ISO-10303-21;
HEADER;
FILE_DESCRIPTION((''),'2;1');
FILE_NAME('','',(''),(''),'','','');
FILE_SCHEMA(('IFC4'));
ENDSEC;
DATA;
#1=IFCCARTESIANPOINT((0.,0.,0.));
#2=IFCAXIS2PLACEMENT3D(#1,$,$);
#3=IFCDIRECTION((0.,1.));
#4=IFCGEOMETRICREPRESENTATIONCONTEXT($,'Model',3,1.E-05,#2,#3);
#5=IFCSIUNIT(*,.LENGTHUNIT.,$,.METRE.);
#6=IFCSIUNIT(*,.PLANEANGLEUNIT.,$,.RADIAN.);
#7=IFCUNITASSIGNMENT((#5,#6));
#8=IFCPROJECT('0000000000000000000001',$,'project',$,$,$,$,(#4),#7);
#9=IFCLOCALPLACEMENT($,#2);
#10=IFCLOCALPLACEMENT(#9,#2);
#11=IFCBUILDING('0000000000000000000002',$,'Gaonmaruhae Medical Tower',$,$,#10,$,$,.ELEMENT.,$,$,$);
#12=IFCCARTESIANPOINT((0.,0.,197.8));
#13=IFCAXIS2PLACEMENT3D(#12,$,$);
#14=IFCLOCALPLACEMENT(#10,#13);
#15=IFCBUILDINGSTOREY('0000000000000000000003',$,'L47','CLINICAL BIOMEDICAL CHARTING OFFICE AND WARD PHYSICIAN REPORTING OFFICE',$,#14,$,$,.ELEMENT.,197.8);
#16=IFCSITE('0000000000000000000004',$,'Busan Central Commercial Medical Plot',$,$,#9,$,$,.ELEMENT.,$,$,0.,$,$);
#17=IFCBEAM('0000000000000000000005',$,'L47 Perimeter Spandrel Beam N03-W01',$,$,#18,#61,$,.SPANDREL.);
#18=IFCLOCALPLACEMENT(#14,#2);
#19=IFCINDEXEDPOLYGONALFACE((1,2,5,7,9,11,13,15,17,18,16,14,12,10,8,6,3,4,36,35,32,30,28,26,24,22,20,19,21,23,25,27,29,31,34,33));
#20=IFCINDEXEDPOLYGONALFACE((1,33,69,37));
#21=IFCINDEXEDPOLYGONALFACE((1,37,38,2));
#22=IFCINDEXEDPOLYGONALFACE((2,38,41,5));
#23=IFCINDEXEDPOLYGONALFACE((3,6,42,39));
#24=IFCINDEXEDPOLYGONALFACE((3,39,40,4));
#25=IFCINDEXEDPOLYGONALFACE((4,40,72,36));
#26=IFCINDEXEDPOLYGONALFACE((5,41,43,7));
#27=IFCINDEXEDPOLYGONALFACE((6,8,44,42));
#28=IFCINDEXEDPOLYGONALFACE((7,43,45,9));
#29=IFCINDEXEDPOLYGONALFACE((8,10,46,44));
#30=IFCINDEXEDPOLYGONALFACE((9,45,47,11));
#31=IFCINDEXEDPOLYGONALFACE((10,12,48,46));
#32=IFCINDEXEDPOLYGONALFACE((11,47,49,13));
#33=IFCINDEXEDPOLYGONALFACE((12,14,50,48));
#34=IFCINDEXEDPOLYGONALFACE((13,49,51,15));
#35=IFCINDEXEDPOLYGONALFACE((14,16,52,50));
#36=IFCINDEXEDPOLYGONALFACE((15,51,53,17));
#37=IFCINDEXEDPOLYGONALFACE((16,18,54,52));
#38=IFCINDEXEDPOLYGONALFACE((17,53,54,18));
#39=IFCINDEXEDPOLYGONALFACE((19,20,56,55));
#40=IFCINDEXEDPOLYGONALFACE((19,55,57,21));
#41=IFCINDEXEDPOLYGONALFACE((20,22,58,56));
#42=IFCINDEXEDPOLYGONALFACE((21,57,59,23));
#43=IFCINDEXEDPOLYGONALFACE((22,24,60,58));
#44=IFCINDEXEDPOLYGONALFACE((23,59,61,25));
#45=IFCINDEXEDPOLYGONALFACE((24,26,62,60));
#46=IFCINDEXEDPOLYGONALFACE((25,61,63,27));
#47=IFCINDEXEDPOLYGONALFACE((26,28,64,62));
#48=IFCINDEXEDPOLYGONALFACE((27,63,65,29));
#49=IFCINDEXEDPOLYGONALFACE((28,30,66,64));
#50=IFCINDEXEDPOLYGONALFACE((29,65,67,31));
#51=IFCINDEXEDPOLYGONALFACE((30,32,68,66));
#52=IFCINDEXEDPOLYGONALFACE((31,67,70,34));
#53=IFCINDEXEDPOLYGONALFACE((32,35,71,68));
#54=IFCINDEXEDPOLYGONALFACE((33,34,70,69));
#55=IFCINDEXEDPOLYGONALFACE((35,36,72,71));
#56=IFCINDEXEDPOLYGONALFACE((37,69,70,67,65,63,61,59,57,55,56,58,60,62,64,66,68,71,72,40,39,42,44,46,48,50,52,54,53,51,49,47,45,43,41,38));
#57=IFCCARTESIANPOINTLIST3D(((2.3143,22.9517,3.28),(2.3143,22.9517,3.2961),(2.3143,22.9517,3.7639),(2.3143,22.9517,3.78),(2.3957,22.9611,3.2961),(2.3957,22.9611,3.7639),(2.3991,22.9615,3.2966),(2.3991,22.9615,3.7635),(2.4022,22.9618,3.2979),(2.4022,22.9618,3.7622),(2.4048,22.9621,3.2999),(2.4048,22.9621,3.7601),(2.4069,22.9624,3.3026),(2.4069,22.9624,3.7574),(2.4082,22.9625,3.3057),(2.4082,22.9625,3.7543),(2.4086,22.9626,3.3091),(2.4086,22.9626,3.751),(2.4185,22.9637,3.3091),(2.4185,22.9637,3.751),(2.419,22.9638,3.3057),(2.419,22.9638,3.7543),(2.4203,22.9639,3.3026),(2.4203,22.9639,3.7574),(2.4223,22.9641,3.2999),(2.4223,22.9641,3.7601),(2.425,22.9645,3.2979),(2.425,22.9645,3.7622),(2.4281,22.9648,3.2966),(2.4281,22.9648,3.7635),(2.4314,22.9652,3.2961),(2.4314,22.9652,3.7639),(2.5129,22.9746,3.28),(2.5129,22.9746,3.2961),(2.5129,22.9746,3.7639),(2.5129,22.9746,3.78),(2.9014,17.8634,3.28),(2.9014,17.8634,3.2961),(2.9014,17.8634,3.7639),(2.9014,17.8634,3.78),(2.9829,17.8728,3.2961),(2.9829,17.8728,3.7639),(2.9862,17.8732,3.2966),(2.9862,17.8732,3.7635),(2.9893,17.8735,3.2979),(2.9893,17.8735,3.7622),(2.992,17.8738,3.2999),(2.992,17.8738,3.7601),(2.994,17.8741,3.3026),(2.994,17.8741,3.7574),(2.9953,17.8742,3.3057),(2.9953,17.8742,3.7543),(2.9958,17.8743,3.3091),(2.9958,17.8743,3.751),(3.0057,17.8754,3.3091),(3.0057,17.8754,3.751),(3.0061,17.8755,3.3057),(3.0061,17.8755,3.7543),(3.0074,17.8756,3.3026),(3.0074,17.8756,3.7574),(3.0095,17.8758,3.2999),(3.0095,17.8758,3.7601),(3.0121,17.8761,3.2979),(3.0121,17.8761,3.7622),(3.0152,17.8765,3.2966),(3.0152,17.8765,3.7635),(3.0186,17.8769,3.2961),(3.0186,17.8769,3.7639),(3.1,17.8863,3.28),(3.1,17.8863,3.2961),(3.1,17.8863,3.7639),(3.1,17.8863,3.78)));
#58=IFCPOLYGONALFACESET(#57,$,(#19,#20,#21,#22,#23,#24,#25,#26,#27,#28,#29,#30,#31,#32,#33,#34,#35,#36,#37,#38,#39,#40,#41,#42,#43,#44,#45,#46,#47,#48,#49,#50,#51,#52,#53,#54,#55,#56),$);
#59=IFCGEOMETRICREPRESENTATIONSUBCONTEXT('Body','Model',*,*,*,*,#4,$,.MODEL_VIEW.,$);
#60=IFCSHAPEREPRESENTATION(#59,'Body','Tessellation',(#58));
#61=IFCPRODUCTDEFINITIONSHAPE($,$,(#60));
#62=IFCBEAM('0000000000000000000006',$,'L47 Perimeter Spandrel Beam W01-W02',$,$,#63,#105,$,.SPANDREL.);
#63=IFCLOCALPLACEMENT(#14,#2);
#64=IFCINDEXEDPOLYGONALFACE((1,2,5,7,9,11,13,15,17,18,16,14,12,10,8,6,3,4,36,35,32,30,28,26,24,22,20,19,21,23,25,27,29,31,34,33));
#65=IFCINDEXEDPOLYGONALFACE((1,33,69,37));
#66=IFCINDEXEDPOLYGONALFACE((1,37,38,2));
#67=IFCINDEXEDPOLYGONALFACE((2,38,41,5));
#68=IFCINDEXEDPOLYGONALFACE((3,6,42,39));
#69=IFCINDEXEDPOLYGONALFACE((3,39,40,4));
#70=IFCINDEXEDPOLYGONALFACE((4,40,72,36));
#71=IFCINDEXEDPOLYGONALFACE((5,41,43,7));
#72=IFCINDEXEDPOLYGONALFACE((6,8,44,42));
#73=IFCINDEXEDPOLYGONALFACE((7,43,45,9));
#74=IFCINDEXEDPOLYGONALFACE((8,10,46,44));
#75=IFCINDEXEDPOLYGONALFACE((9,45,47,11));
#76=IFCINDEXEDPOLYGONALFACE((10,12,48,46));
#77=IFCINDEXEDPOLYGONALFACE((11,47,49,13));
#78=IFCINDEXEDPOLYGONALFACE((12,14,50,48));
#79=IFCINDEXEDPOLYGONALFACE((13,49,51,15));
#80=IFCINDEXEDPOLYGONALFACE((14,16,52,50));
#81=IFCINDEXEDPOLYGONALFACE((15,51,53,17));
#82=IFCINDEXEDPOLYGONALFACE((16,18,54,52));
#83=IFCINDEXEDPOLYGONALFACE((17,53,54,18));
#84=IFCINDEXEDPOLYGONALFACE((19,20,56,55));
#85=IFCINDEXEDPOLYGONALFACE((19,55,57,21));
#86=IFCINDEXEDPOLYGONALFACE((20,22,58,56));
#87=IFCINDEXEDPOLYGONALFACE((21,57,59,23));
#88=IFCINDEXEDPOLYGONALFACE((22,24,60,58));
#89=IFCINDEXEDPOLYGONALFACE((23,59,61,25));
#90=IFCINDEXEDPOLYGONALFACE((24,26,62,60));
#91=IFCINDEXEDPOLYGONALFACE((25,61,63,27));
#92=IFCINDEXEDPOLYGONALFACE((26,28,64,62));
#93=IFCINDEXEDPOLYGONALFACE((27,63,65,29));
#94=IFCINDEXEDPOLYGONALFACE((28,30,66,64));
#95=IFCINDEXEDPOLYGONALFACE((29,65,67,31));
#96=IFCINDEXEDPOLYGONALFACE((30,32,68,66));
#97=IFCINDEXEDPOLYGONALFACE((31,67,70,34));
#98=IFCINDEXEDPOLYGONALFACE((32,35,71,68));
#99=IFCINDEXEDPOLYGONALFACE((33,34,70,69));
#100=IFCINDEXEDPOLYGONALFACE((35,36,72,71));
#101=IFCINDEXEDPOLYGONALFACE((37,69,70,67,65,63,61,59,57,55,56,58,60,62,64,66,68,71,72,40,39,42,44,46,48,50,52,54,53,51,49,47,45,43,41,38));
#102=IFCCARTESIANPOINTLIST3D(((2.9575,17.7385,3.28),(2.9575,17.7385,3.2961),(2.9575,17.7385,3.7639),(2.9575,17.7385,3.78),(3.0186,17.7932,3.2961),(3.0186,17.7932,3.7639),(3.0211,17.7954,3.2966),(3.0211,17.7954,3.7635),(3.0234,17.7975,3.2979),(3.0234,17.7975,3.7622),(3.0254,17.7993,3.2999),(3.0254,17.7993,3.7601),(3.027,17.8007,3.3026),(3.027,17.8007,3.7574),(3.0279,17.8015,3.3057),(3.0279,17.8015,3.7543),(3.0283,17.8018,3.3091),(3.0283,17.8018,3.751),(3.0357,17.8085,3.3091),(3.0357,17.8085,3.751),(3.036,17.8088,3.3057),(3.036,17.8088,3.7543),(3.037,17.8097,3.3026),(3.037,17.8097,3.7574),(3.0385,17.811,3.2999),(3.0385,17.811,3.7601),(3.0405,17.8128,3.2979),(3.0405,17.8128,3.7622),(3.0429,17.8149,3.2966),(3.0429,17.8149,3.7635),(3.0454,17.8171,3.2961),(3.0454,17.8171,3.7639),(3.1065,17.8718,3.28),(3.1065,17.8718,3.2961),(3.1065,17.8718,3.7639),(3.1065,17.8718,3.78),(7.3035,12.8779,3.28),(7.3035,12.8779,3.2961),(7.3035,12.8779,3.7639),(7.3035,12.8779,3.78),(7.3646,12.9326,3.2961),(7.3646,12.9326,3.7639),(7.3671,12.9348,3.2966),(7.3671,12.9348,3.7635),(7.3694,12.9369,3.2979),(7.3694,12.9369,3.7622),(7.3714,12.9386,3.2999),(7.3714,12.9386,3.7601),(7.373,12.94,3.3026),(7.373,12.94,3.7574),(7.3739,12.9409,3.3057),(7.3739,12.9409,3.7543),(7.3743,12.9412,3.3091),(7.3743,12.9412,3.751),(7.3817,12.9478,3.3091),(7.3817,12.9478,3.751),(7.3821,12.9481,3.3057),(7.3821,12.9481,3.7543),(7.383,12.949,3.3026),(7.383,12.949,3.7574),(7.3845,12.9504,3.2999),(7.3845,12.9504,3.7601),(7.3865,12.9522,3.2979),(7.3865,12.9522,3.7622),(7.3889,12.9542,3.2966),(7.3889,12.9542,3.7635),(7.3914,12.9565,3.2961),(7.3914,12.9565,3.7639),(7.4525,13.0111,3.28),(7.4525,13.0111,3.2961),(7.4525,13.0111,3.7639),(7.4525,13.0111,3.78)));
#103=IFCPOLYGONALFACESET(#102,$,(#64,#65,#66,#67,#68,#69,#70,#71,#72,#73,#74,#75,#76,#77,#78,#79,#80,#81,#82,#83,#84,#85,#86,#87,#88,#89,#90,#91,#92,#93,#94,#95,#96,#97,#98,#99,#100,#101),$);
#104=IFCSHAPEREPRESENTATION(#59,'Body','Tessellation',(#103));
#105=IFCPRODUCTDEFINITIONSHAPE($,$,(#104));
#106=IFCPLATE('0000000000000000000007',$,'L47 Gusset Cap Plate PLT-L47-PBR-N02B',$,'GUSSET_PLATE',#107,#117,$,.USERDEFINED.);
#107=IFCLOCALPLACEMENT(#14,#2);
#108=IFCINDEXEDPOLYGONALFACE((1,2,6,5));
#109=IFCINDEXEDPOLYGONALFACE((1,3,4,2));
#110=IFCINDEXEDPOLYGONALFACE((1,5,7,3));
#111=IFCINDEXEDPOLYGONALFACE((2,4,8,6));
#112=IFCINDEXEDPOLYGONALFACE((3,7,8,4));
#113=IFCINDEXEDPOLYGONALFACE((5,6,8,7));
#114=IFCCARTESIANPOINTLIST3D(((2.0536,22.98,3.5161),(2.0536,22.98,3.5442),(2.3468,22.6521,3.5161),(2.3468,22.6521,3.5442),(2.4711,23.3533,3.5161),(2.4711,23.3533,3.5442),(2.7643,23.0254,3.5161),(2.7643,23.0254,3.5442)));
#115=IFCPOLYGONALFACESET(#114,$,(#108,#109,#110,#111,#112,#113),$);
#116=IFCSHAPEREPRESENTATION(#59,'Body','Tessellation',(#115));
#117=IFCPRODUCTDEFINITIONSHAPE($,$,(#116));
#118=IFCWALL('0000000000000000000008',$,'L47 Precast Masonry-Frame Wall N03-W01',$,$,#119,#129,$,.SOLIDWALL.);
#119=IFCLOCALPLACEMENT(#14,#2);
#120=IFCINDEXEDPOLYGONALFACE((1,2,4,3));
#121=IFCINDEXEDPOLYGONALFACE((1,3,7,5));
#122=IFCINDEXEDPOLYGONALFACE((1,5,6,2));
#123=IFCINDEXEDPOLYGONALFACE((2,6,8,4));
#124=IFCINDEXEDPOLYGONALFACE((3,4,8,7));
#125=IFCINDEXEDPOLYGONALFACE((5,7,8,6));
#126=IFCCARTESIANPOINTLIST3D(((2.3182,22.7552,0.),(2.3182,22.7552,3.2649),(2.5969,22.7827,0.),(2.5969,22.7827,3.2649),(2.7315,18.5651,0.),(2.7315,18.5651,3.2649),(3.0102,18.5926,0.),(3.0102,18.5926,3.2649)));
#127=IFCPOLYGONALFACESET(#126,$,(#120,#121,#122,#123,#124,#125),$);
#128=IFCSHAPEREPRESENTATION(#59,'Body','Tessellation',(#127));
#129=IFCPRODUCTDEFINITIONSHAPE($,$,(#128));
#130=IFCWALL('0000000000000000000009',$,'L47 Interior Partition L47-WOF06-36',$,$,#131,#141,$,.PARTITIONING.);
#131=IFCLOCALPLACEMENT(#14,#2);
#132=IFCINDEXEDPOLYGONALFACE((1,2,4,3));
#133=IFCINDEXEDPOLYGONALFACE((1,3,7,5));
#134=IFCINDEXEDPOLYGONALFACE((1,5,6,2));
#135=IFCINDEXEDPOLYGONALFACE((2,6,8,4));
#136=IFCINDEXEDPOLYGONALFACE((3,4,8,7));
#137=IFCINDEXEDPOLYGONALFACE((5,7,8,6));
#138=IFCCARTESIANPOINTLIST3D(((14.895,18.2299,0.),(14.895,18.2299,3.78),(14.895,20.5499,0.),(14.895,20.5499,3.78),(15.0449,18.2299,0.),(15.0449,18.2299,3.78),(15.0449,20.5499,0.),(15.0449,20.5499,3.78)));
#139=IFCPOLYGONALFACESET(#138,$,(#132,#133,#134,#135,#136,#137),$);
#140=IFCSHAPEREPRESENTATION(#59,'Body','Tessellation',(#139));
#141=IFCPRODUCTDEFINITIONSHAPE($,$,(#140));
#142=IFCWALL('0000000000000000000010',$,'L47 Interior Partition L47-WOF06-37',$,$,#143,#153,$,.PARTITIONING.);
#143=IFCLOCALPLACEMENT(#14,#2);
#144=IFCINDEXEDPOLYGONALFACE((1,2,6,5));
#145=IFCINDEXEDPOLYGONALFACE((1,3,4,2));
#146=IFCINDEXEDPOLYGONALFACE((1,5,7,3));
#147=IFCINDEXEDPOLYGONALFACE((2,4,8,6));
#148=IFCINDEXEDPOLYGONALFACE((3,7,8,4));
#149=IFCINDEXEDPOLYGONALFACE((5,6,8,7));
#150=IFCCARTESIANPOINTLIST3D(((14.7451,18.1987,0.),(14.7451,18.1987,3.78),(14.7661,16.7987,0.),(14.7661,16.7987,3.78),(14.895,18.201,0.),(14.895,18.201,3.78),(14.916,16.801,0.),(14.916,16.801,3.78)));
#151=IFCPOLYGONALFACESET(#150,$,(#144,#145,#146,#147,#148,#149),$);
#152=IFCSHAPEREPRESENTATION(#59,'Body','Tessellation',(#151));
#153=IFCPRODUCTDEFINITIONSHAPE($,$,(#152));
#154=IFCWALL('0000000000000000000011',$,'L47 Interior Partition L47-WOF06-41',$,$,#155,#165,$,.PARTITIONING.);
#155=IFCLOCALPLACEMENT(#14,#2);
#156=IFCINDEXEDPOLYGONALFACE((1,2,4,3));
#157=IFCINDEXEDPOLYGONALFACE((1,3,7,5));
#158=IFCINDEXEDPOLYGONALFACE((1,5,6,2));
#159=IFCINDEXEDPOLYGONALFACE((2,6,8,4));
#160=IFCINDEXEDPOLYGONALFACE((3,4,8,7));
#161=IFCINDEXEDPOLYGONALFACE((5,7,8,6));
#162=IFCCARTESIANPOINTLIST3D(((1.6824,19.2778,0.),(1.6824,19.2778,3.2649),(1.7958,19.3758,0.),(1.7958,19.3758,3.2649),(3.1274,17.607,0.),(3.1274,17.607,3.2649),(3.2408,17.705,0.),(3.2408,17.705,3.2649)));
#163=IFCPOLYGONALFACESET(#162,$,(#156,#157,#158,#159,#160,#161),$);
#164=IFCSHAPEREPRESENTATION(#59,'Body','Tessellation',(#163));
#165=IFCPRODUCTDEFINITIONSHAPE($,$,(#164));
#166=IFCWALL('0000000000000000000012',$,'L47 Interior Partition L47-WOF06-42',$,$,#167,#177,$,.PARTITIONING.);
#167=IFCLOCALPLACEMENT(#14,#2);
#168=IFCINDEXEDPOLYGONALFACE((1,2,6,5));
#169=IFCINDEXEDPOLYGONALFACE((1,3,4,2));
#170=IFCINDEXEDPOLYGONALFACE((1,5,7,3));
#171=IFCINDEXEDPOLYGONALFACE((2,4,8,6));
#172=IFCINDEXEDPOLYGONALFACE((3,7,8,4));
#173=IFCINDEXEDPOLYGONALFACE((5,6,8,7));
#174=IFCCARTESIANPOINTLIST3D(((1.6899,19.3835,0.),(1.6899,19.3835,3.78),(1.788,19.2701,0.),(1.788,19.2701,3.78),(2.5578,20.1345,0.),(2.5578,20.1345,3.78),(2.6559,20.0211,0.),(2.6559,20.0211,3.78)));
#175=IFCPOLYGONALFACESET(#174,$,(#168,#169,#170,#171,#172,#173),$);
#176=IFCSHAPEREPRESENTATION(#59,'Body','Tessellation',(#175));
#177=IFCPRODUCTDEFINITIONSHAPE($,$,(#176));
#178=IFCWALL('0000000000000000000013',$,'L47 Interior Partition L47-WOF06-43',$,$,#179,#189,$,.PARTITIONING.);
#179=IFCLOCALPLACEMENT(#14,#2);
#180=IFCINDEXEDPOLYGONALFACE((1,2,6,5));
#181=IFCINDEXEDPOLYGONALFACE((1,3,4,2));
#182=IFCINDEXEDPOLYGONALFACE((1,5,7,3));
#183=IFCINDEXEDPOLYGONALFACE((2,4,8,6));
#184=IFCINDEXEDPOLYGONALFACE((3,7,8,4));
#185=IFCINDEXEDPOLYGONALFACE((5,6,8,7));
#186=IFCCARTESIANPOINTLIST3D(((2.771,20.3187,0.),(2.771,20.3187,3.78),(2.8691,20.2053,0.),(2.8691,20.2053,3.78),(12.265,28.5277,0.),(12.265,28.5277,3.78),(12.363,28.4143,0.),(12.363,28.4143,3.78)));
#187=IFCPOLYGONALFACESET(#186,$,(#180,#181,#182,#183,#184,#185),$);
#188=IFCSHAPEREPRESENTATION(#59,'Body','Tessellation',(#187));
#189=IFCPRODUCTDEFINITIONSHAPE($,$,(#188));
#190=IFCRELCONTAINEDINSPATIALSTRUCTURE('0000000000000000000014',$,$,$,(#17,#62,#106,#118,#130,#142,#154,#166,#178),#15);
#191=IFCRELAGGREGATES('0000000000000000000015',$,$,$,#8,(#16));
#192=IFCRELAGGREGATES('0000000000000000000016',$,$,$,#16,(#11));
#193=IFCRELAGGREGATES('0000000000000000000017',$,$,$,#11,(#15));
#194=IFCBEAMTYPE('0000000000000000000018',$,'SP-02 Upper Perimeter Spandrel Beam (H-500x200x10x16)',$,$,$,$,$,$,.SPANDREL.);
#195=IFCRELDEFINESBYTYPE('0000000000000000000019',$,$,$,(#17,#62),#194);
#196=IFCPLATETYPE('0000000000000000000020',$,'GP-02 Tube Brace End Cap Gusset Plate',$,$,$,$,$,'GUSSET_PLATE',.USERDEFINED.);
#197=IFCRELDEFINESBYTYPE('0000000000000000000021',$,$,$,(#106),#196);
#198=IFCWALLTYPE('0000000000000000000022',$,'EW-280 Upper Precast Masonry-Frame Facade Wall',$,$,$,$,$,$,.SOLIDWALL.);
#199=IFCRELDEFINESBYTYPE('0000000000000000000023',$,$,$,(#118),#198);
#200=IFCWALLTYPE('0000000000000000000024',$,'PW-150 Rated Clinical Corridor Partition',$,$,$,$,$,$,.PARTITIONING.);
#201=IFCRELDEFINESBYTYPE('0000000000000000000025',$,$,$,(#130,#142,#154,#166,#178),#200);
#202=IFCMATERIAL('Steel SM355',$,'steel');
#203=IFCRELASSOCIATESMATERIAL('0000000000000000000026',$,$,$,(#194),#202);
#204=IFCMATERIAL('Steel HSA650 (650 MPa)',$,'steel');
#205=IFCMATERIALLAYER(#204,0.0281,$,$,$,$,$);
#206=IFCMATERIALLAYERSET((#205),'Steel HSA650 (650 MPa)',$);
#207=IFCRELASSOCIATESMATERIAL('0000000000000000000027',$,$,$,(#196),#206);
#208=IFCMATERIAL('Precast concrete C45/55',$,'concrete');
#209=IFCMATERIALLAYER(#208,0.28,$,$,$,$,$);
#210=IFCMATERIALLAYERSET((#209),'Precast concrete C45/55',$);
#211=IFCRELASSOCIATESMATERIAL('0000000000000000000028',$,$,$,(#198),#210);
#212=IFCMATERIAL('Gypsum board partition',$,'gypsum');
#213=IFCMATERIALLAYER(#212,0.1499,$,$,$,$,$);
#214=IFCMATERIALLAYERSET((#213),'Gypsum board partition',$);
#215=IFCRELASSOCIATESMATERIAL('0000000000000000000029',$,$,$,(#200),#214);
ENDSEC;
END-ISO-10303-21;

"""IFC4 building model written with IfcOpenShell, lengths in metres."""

from ifc_helpers import new_model, si_unit, direction, frame, frame_2d, origin, origin_2d, place, context, subcontext, project, spatial, rectangle, i_section, extrude, material, layer, layer_set, material_profile, profile_set, type_object, element, save


model = new_model("IFC4")

# Units and contexts
model_context = context("Model", 3, precision=1e-05, world=origin(), true_north=direction((0.0, 1.0)))
body_context = subcontext(model_context, "Body", "Model", "MODEL_VIEW")
ifc_project = project(units=[si_unit("LENGTHUNIT", "METRE"), si_unit("PLANEANGLEUNIT", "RADIAN")], contexts=[model_context])

# Site, building, storey
site_placement = place(None, origin())
site = spatial("IfcSite", under=ifc_project, at=site_placement, Name="Busan Central Commercial Medical Plot", CompositionType="ELEMENT", RefElevation=0.0)
building_placement = place(site_placement, origin())
building = spatial("IfcBuilding", under=site, at=building_placement, Name="Gaonmaruhae Medical Tower", CompositionType="ELEMENT")
storey_placement = place(building_placement, frame((0.0, 0.0, 197.8)))
storey = spatial("IfcBuildingStorey", under=building, at=storey_placement, Name="L47", Description="CLINICAL BIOMEDICAL CHARTING OFFICE AND WARD PHYSICIAN REPORTING OFFICE", CompositionType="ELEMENT", Elevation=197.8)

# Beams
ifc_material_1 = material(Name="Steel SM355", Category="steel")
ifc_material_profile_1 = material_profile(ifc_material_1, i_section(OverallWidth=0.2, OverallDepth=0.5, WebThickness=0.01, FlangeThickness=0.0161, FilletRadius=0.0129, at=origin_2d()), Name="H-500x200x10x16")
ifc_profile_set_1 = profile_set([ifc_material_profile_1], Name="Steel SM355")
beam_type_1 = type_object("IfcBeamType", Name="SP-02 Upper Perimeter Spandrel Beam (H-500x200x10x16)", PredefinedType="SPANDREL", material=ifc_profile_set_1)
beam_1_placement = place(storey_placement, frame((2.4136, 22.9631, 3.53), z_axis=(0.114631, -0.993408, 0.0), x_axis=(0.993408, 0.114631, 0.0)))
element("IfcBeam", 1, at=beam_1_placement, inside=storey, type_object=beam_type_1, Name="L47 Perimeter Spandrel Beam N03-W01", PredefinedType="SPANDREL", context=body_context, shape_type="SweptSolid", body=[
    extrude(i_section(OverallWidth=0.2, OverallDepth=0.5, WebThickness=0.01, FlangeThickness=0.0161, FilletRadius=0.0129, at=origin_2d()), origin(), (0.0, 0.0, 1.0), 5.1221),
])
beam_2_placement = place(storey_placement, frame((3.032, 17.8052, 3.53), z_axis=(0.666539, -0.74547, 0.0), x_axis=(0.74547, 0.666539, 0.0)))
element("IfcBeam", 2, at=beam_2_placement, inside=storey, type_object=beam_type_1, Name="L47 Perimeter Spandrel Beam W01-W02", PredefinedType="SPANDREL", context=body_context, shape_type="SweptSolid", body=[
    extrude(i_section(OverallWidth=0.2, OverallDepth=0.5, WebThickness=0.01, FlangeThickness=0.0161, FilletRadius=0.0129, at=origin_2d()), origin(), (0.0, 0.0, 1.0), 6.5203),
])

# Plate
ifc_material_2 = material(Name="Steel HSA650 (650 MPa)", Category="steel")
ifc_layer_1 = layer(ifc_material_2, 0.0281)
ifc_layer_set_1 = layer_set([ifc_layer_1], Name="Steel HSA650 (650 MPa)")
plate_type = type_object("IfcPlateType", Name="GP-02 Tube Brace End Cap Gusset Plate", ElementType="GUSSET_PLATE", PredefinedType="USERDEFINED", material=ifc_layer_set_1)
plate_placement = place(storey_placement, frame((2.4089, 23.0027, 3.5161), z_axis=(0.0, 0.0, 1.0), x_axis=(0.745476, 0.666532, 0.0)))
element("IfcPlate", 3, at=plate_placement, inside=storey, type_object=plate_type, Name="L47 Gusset Cap Plate PLT-L47-PBR-N02B", ObjectType="GUSSET_PLATE", PredefinedType="USERDEFINED", context=body_context, shape_type="SweptSolid", body=[
    extrude(rectangle(XDim=0.5601, YDim=0.4399, at=origin_2d()), origin(), (0.0, 0.0, 1.0), 0.0281),
])

# Walls
ifc_material_3 = material(Name="Precast concrete C45/55", Category="concrete")
ifc_layer_2 = layer(ifc_material_3, 0.28)
ifc_layer_set_2 = layer_set([ifc_layer_2], Name="Precast concrete C45/55")
wall_type_1 = type_object("IfcWallType", Name="EW-280 Upper Precast Masonry-Frame Facade Wall", PredefinedType="SOLIDWALL", material=ifc_layer_set_2)
wall_1_placement = place(storey_placement, frame((2.8708, 18.5789, 0.0), z_axis=(0.0, 0.0, 1.0), x_axis=(-0.098166, 0.99517, 0.0)))
element("IfcWall", 4, at=wall_1_placement, inside=storey, type_object=wall_type_1, Name="L47 Precast Masonry-Frame Wall N03-W01", PredefinedType="SOLIDWALL", context=body_context, shape_type="SweptSolid", body=[
    extrude(rectangle(XDim=4.2104, YDim=0.28, at=frame_2d((2.1052, 0.0))), origin(), (0.0, 0.0, 1.0), 3.2649),
])
ifc_material_4 = material(Name="Gypsum board partition", Category="gypsum")
ifc_layer_3 = layer(ifc_material_4, 0.1499)
ifc_layer_set_3 = layer_set([ifc_layer_3], Name="Gypsum board partition")
wall_type_2 = type_object("IfcWallType", Name="PW-150 Rated Clinical Corridor Partition", PredefinedType="PARTITIONING", material=ifc_layer_set_3)
wall_2_placement = place(storey_placement, frame((14.97, 20.55, 0.0), z_axis=(0.0, 0.0, 1.0), x_axis=(0.0, -1.0, 0.0)))
element("IfcWall", 5, at=wall_2_placement, inside=storey, type_object=wall_type_2, Name="L47 Interior Partition L47-WOF06-36", PredefinedType="PARTITIONING", context=body_context, shape_type="SweptSolid", body=[
    extrude(rectangle(XDim=2.3201, YDim=0.1499, at=frame_2d((1.1602, 0.0))), origin(), (0.0, 0.0, 1.0), 3.78),
])
wall_3_placement = place(storey_placement, frame((14.8201, 18.2, 0.0), z_axis=(0.0, 0.0, 1.0), x_axis=(0.014997, -0.999888, 0.0)))
element("IfcWall", 6, at=wall_3_placement, inside=storey, type_object=wall_type_2, Name="L47 Interior Partition L47-WOF06-37", PredefinedType="PARTITIONING", context=body_context, shape_type="SweptSolid", body=[
    extrude(rectangle(XDim=1.4001, YDim=0.1499, at=frame_2d((0.7002, 0.0))), origin(), (0.0, 0.0, 1.0), 3.78),
])
wall_4_placement = place(storey_placement, frame((3.1841, 17.656, 0.0), z_axis=(0.0, 0.0, 1.0), x_axis=(-0.654143, 0.756371, 0.0)))
element("IfcWall", 7, at=wall_4_placement, inside=storey, type_object=wall_type_2, Name="L47 Interior Partition L47-WOF06-41", PredefinedType="PARTITIONING", context=body_context, shape_type="SweptSolid", body=[
    extrude(rectangle(XDim=2.209, YDim=0.1499, at=frame_2d((1.1045, 0.0))), origin(), (0.0, 0.0, 1.0), 3.2649),
])
wall_5_placement = place(storey_placement, frame((1.739, 19.3269, 0.0), z_axis=(0.0, 0.0, 1.0), x_axis=(0.756215, 0.654323, 0.0)))
element("IfcWall", 8, at=wall_5_placement, inside=storey, type_object=wall_type_2, Name="L47 Interior Partition L47-WOF06-42", PredefinedType="PARTITIONING", context=body_context, shape_type="SweptSolid", body=[
    extrude(rectangle(XDim=1.1477, YDim=0.1499, at=frame_2d((0.5737, 0.0))), origin(), (0.0, 0.0, 1.0), 3.78),
])
wall_6_placement = place(storey_placement, frame((2.8201, 20.262, 0.0), z_axis=(0.0, 0.0, 1.0), x_axis=(0.75644, 0.654063, 0.0)))
element("IfcWall", 9, at=wall_6_placement, inside=storey, type_object=wall_type_2, Name="L47 Interior Partition L47-WOF06-43", PredefinedType="PARTITIONING", context=body_context, shape_type="SweptSolid", body=[
    extrude(rectangle(XDim=12.5508, YDim=0.1499, at=frame_2d((6.2754, 0.0))), origin(), (0.0, 0.0, 1.0), 3.78),
])

save(model, "model.ifc")
